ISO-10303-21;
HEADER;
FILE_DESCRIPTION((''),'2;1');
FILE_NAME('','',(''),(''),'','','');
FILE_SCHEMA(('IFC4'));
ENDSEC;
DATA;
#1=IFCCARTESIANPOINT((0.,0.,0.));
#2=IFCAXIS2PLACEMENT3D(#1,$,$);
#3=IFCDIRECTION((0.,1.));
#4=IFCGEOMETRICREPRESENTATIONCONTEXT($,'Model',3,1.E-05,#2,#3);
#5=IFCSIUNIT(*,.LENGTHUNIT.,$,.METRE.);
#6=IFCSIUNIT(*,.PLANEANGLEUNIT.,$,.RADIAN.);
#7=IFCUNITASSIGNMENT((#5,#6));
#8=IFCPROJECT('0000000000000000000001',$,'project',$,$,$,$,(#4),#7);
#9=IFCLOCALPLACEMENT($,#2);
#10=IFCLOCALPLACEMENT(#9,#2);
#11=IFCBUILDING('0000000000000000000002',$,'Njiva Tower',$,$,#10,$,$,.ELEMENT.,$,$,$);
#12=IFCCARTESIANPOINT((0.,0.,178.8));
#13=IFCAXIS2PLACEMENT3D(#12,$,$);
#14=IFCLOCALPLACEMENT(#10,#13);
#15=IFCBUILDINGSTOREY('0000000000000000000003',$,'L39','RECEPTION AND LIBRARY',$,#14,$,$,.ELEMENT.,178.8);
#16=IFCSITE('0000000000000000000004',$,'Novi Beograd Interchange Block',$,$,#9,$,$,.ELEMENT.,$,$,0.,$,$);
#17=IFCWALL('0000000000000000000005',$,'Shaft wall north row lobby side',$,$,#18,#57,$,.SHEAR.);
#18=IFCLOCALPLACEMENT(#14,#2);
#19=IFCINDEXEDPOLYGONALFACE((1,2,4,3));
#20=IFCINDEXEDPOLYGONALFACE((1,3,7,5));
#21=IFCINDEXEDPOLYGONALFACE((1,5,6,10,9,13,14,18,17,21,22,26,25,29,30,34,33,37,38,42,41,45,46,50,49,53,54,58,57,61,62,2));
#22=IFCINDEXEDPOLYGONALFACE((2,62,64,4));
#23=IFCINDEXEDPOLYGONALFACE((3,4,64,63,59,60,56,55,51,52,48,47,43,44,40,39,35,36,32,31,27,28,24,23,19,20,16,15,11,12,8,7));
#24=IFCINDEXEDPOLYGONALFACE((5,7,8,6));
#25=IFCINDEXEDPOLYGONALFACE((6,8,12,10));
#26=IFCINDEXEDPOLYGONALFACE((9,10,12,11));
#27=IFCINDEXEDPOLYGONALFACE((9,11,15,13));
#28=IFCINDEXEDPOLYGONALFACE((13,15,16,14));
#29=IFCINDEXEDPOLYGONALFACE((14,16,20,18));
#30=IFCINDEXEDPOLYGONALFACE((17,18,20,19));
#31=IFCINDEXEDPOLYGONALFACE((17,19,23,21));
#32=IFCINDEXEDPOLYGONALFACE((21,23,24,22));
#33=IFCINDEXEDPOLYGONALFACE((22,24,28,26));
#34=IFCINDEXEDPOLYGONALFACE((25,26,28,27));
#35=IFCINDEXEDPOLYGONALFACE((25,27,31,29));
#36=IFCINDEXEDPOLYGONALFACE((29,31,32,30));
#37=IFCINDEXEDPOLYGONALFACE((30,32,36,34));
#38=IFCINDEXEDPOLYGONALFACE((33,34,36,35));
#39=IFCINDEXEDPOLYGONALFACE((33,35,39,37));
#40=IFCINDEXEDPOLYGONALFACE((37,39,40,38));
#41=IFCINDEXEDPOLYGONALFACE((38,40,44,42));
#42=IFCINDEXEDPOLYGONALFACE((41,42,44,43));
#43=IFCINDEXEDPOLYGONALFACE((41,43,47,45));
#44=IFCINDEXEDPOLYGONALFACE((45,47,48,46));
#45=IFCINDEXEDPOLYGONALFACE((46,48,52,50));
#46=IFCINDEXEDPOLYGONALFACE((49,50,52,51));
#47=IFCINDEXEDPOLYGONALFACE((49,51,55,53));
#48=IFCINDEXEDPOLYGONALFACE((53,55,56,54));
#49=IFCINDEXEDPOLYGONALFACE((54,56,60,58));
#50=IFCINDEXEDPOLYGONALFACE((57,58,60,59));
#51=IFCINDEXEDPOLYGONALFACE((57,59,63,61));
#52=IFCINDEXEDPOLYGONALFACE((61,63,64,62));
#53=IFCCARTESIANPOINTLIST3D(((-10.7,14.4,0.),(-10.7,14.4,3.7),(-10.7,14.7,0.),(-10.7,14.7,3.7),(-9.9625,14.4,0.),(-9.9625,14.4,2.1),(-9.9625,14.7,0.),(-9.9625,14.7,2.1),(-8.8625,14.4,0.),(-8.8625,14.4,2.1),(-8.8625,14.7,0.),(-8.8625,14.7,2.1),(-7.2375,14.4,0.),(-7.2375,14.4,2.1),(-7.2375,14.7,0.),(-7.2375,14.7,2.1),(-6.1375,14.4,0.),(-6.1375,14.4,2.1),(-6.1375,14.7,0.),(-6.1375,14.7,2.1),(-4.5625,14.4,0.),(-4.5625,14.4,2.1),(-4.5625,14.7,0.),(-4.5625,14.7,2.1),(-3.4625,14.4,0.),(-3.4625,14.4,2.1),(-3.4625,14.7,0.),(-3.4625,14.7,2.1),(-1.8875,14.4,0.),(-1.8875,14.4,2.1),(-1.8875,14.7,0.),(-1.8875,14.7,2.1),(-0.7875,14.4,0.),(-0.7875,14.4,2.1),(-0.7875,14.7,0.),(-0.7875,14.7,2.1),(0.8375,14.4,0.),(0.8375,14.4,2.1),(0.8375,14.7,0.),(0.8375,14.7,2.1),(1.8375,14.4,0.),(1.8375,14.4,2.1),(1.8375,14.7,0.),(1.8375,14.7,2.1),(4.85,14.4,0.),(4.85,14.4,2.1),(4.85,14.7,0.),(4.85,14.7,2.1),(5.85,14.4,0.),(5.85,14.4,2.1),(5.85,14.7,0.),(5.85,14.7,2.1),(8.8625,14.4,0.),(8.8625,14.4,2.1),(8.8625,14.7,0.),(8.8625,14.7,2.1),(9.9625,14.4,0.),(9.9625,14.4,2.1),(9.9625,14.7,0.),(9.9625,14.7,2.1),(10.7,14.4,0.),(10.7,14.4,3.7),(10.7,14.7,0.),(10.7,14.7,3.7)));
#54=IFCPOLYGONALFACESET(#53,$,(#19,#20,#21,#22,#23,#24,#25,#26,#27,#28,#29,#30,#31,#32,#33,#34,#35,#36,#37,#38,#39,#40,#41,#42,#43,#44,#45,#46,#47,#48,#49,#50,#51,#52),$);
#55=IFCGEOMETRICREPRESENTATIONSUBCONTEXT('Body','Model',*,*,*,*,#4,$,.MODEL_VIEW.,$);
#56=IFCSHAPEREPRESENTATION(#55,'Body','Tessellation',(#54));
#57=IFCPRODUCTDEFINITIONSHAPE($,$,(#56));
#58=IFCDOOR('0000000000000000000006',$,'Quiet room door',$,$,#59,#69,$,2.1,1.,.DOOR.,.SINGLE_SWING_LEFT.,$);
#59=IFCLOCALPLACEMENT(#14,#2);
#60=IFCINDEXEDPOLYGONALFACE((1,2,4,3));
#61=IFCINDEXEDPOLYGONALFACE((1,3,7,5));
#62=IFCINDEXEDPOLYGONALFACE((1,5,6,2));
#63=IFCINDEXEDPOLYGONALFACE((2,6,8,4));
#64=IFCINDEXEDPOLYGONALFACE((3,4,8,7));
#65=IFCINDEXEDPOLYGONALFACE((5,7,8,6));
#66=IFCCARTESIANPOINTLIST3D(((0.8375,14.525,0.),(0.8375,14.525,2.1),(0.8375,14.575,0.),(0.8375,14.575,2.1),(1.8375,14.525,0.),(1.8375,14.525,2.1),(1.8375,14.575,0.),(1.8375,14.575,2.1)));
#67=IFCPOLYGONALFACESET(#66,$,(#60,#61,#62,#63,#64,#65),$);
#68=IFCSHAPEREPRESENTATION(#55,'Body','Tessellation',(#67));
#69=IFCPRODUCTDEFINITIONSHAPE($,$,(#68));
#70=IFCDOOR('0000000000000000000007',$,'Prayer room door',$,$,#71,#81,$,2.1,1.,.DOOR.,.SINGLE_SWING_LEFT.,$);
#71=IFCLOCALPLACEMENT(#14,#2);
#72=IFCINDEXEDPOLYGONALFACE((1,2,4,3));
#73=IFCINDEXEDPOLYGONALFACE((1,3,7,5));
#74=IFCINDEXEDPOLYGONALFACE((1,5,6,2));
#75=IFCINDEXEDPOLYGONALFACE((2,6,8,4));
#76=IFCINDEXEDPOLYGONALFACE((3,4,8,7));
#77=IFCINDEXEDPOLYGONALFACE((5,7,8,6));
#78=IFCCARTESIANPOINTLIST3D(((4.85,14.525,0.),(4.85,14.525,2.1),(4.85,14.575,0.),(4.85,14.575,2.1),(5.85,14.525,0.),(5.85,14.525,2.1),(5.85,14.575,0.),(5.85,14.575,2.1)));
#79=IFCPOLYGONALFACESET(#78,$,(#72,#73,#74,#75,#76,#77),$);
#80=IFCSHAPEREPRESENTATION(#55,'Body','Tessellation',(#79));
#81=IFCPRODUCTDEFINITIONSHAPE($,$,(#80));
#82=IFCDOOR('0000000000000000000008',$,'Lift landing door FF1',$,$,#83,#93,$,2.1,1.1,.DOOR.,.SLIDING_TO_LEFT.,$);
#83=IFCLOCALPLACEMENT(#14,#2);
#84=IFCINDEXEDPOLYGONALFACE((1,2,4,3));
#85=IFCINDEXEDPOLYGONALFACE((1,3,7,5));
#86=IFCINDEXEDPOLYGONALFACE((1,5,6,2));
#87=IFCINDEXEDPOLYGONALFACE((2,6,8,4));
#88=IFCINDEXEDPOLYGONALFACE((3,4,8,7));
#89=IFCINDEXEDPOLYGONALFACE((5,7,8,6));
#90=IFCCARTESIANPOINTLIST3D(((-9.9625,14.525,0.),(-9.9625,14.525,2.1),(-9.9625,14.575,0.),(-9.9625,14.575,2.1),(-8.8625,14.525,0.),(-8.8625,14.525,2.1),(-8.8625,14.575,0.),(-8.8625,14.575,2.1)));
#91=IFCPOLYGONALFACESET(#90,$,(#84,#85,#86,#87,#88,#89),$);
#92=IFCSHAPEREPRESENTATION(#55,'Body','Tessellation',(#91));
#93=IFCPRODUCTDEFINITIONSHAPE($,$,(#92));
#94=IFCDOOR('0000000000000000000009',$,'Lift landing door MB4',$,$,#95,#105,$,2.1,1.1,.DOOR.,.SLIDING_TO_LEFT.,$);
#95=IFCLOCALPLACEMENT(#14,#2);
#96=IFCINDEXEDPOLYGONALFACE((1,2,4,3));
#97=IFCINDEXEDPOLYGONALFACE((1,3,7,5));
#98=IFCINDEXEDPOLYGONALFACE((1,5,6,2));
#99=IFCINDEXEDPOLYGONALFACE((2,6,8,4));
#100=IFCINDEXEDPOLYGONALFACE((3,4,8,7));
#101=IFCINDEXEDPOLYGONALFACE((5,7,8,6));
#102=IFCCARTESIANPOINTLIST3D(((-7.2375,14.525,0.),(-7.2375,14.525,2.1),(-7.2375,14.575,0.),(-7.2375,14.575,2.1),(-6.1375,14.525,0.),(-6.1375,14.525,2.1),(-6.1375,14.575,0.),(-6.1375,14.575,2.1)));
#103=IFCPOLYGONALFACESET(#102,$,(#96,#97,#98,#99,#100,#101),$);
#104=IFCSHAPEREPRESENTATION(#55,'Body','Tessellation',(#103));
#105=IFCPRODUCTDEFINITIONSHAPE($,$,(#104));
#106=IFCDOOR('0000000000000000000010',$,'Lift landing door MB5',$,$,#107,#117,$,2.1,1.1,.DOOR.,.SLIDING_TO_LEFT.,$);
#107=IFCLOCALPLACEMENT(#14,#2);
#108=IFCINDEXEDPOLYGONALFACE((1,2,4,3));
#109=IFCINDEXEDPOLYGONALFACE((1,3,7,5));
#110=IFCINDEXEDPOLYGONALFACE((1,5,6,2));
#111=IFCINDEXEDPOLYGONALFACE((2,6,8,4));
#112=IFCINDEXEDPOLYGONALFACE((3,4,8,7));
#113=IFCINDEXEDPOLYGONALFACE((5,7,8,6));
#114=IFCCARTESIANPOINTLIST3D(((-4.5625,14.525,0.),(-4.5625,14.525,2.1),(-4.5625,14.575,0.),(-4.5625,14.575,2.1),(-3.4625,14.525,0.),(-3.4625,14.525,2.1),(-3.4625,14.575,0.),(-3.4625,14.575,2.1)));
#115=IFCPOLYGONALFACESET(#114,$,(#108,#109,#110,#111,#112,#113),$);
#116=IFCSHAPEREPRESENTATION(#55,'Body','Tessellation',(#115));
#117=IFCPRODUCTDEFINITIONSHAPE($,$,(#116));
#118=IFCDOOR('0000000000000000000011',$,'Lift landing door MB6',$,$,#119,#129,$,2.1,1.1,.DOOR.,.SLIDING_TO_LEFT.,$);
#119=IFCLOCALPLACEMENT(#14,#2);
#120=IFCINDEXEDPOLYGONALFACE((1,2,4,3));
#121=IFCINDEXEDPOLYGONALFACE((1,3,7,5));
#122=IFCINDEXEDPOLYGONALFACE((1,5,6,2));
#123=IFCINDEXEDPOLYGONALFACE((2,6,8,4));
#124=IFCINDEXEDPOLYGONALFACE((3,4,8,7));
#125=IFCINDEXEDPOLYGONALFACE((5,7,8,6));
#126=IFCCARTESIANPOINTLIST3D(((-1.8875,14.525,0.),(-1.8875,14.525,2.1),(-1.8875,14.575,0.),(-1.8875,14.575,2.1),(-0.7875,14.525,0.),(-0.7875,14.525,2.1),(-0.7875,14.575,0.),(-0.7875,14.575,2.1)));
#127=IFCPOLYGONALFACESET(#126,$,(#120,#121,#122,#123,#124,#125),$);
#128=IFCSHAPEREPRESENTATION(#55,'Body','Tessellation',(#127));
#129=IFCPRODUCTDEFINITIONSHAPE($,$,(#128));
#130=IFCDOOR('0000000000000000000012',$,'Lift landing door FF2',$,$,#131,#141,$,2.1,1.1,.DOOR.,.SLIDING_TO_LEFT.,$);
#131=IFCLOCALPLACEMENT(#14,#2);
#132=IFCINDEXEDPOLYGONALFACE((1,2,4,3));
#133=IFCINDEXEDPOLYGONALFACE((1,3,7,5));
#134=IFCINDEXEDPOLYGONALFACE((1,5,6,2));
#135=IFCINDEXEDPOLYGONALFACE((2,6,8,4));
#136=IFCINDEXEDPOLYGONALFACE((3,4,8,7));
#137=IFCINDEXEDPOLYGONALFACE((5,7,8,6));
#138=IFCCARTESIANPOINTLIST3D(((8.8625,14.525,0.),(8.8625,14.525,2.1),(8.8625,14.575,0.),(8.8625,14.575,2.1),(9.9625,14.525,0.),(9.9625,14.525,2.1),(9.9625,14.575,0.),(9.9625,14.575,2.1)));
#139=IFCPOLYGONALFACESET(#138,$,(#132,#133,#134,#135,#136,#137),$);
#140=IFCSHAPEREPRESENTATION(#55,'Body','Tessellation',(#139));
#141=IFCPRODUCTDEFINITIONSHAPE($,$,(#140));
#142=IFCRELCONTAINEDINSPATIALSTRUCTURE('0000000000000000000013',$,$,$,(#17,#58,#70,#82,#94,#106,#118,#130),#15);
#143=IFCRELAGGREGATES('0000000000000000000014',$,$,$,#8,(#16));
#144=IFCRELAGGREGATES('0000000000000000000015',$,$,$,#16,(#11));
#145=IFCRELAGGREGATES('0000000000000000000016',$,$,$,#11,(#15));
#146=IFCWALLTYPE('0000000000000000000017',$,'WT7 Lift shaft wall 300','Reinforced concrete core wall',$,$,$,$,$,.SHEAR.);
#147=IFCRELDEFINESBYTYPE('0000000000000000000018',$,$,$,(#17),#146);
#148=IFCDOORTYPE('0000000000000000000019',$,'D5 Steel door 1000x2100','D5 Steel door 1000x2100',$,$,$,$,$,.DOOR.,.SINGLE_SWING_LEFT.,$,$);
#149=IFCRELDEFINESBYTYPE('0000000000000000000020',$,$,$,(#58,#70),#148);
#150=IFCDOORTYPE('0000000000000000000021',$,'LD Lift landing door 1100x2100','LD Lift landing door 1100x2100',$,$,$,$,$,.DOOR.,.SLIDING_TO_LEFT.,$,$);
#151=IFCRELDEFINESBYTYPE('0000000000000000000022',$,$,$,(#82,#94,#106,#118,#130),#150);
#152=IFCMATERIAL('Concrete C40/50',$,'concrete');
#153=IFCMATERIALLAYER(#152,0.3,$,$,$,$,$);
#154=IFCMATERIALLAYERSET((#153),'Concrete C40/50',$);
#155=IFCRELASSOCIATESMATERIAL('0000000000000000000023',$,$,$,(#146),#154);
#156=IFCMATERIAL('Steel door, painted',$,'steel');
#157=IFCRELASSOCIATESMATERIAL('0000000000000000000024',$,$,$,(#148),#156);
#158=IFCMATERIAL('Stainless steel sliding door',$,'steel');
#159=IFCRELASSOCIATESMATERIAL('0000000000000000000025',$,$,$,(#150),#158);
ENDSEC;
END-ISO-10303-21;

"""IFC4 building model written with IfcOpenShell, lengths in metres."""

from ifc_helpers import new_model, si_unit, direction, frame, frame_2d, origin, place, context, subcontext, project, spatial, rectangle, extrude, material, layer, layer_set, type_object, element, fill, save


model = new_model("IFC4")

# Units and contexts
model_context = context("Model", 3, precision=1e-05, world=origin(), true_north=direction((0.0, 1.0)))
body_context = subcontext(model_context, "Body", "Model", "MODEL_VIEW")
ifc_project = project(units=[si_unit("LENGTHUNIT", "METRE"), si_unit("PLANEANGLEUNIT", "RADIAN")], contexts=[model_context])

# Site, building, storey
site_placement = place(None, origin())
site = spatial("IfcSite", under=ifc_project, at=site_placement, Name="Novi Beograd Interchange Block", CompositionType="ELEMENT", RefElevation=0.0)
building_placement = place(site_placement, origin())
building = spatial("IfcBuilding", under=site, at=building_placement, Name="Njiva Tower", CompositionType="ELEMENT")
storey_placement = place(building_placement, frame((0.0, 0.0, 178.8)))
storey = spatial("IfcBuildingStorey", under=building, at=storey_placement, Name="L39", Description="RECEPTION AND LIBRARY", CompositionType="ELEMENT", Elevation=178.8)

# Shared definitions
ifc_material_1 = material(Name="Concrete C40/50", Category="concrete")

# Wall, openings, doors
ifc_layer_1 = layer(ifc_material_1, 0.3)
ifc_layer_set_1 = layer_set([ifc_layer_1], Name="Concrete C40/50")
wall_type_1 = type_object("IfcWallType", Name="WT7 Lift shaft wall 300", Description="Reinforced concrete core wall", PredefinedType="SHEAR", material=ifc_layer_set_1)
wall_1_placement = place(storey_placement, frame((-10.7, 14.55, 0.0), z_axis=(0.0, 0.0, 1.0), x_axis=(1.0, 0.0, 0.0)))
wall_1 = element("IfcWall", 1, at=wall_1_placement, inside=storey, type_object=wall_type_1, Name="Shaft wall north row lobby side", PredefinedType="SHEAR", context=body_context, shape_type="SweptSolid", body=[
    extrude(rectangle(XDim=21.4, YDim=0.3, at=frame_2d((10.7, 0.0))), origin(), (0.0, 0.0, 1.0), 3.7),
])
opening_1_placement = place(wall_1_placement, frame((0.7375, 0.0, 0.0)))
opening_1 = element("IfcOpeningElement", 2, at=opening_1_placement, cuts=wall_1, PredefinedType="OPENING", context=body_context, shape_type="SweptSolid", body=[
    extrude(rectangle(XDim=1.1, YDim=2.1, at=frame_2d((0.55, 1.05))), frame((0.0, 0.16, 0.0), z_axis=(0.0, -1.0, 0.0), x_axis=(1.0, 0.0, 0.0)), (0.0, 0.0, 1.0), 0.32),
])
opening_2_placement = place(wall_1_placement, frame((3.4625, 0.0, 0.0)))
opening_2 = element("IfcOpeningElement", 3, at=opening_2_placement, cuts=wall_1, PredefinedType="OPENING", context=body_context, shape_type="SweptSolid", body=[
    extrude(rectangle(XDim=1.1, YDim=2.1, at=frame_2d((0.55, 1.05))), frame((0.0, 0.16, 0.0), z_axis=(0.0, -1.0, 0.0), x_axis=(1.0, 0.0, 0.0)), (0.0, 0.0, 1.0), 0.32),
])
opening_3_placement = place(wall_1_placement, frame((6.1375, 0.0, 0.0)))
opening_3 = element("IfcOpeningElement", 4, at=opening_3_placement, cuts=wall_1, PredefinedType="OPENING", context=body_context, shape_type="SweptSolid", body=[
    extrude(rectangle(XDim=1.1, YDim=2.1, at=frame_2d((0.55, 1.05))), frame((0.0, 0.16, 0.0), z_axis=(0.0, -1.0, 0.0), x_axis=(1.0, 0.0, 0.0)), (0.0, 0.0, 1.0), 0.32),
])
opening_4_placement = place(wall_1_placement, frame((8.8125, 0.0, 0.0)))
opening_4 = element("IfcOpeningElement", 5, at=opening_4_placement, cuts=wall_1, PredefinedType="OPENING", context=body_context, shape_type="SweptSolid", body=[
    extrude(rectangle(XDim=1.1, YDim=2.1, at=frame_2d((0.55, 1.05))), frame((0.0, 0.16, 0.0), z_axis=(0.0, -1.0, 0.0), x_axis=(1.0, 0.0, 0.0)), (0.0, 0.0, 1.0), 0.32),
])
opening_5_placement = place(wall_1_placement, frame((19.5625, 0.0, 0.0)))
opening_5 = element("IfcOpeningElement", 6, at=opening_5_placement, cuts=wall_1, PredefinedType="OPENING", context=body_context, shape_type="SweptSolid", body=[
    extrude(rectangle(XDim=1.1, YDim=2.1, at=frame_2d((0.55, 1.05))), frame((0.0, 0.16, 0.0), z_axis=(0.0, -1.0, 0.0), x_axis=(1.0, 0.0, 0.0)), (0.0, 0.0, 1.0), 0.32),
])
opening_6_placement = place(wall_1_placement, frame((11.5375, 0.0, 0.0)))
opening_6 = element("IfcOpeningElement", 7, at=opening_6_placement, cuts=wall_1, PredefinedType="OPENING", context=body_context, shape_type="SweptSolid", body=[
    extrude(rectangle(XDim=1.0, YDim=2.1, at=frame_2d((0.5, 1.05))), frame((0.0, 0.16, 0.0), z_axis=(0.0, -1.0, 0.0), x_axis=(1.0, 0.0, 0.0)), (0.0, 0.0, 1.0), 0.32),
])
opening_7_placement = place(wall_1_placement, frame((15.55, 0.0, 0.0)))
opening_7 = element("IfcOpeningElement", 8, at=opening_7_placement, cuts=wall_1, PredefinedType="OPENING", context=body_context, shape_type="SweptSolid", body=[
    extrude(rectangle(XDim=1.0, YDim=2.1, at=frame_2d((0.5, 1.05))), frame((0.0, 0.16, 0.0), z_axis=(0.0, -1.0, 0.0), x_axis=(1.0, 0.0, 0.0)), (0.0, 0.0, 1.0), 0.32),
])
ifc_material_2 = material(Name="Steel door, painted", Category="steel")
door_type_1 = type_object("IfcDoorType", Name="D5 Steel door 1000x2100", Description="D5 Steel door 1000x2100", OperationType="SINGLE_SWING_LEFT", PredefinedType="DOOR", material=ifc_material_2)
door_1_placement = place(opening_6_placement, origin())
door_1 = element("IfcDoor", 9, at=door_1_placement, inside=storey, type_object=door_type_1, Name="Quiet room door", OperationType="SINGLE_SWING_LEFT", OverallHeight=2.1, OverallWidth=1.0, PredefinedType="DOOR", context=body_context, shape_type="SweptSolid", body=[
    extrude(rectangle(XDim=1.0, YDim=2.1, at=frame_2d((0.5, 1.05))), frame((0.0, 0.025, 0.0), z_axis=(0.0, -1.0, 0.0), x_axis=(1.0, 0.0, 0.0)), (0.0, 0.0, 1.0), 0.05),
])
fill(opening_6, door_1)
door_2_placement = place(opening_7_placement, origin())
door_2 = element("IfcDoor", 10, at=door_2_placement, inside=storey, type_object=door_type_1, Name="Prayer room door", OperationType="SINGLE_SWING_LEFT", OverallHeight=2.1, OverallWidth=1.0, PredefinedType="DOOR", context=body_context, shape_type="SweptSolid", body=[
    extrude(rectangle(XDim=1.0, YDim=2.1, at=frame_2d((0.5, 1.05))), frame((0.0, 0.025, 0.0), z_axis=(0.0, -1.0, 0.0), x_axis=(1.0, 0.0, 0.0)), (0.0, 0.0, 1.0), 0.05),
])
fill(opening_7, door_2)
ifc_material_3 = material(Name="Stainless steel sliding door", Category="steel")
door_type_2 = type_object("IfcDoorType", Name="LD Lift landing door 1100x2100", Description="LD Lift landing door 1100x2100", OperationType="SLIDING_TO_LEFT", PredefinedType="DOOR", material=ifc_material_3)
door_3_placement = place(opening_1_placement, origin())
door_3 = element("IfcDoor", 11, at=door_3_placement, inside=storey, type_object=door_type_2, Name="Lift landing door FF1", OperationType="SLIDING_TO_LEFT", OverallHeight=2.1, OverallWidth=1.1, PredefinedType="DOOR", context=body_context, shape_type="SweptSolid", body=[
    extrude(rectangle(XDim=1.1, YDim=2.1, at=frame_2d((0.55, 1.05))), frame((0.0, 0.025, 0.0), z_axis=(0.0, -1.0, 0.0), x_axis=(1.0, 0.0, 0.0)), (0.0, 0.0, 1.0), 0.05),
])
fill(opening_1, door_3)
door_4_placement = place(opening_2_placement, origin())
door_4 = element("IfcDoor", 12, at=door_4_placement, inside=storey, type_object=door_type_2, Name="Lift landing door MB4", OperationType="SLIDING_TO_LEFT", OverallHeight=2.1, OverallWidth=1.1, PredefinedType="DOOR", context=body_context, shape_type="SweptSolid", body=[
    extrude(rectangle(XDim=1.1, YDim=2.1, at=frame_2d((0.55, 1.05))), frame((0.0, 0.025, 0.0), z_axis=(0.0, -1.0, 0.0), x_axis=(1.0, 0.0, 0.0)), (0.0, 0.0, 1.0), 0.05),
])
fill(opening_2, door_4)
door_5_placement = place(opening_3_placement, origin())
door_5 = element("IfcDoor", 13, at=door_5_placement, inside=storey, type_object=door_type_2, Name="Lift landing door MB5", OperationType="SLIDING_TO_LEFT", OverallHeight=2.1, OverallWidth=1.1, PredefinedType="DOOR", context=body_context, shape_type="SweptSolid", body=[
    extrude(rectangle(XDim=1.1, YDim=2.1, at=frame_2d((0.55, 1.05))), frame((0.0, 0.025, 0.0), z_axis=(0.0, -1.0, 0.0), x_axis=(1.0, 0.0, 0.0)), (0.0, 0.0, 1.0), 0.05),
])
fill(opening_3, door_5)
door_6_placement = place(opening_4_placement, origin())
door_6 = element("IfcDoor", 14, at=door_6_placement, inside=storey, type_object=door_type_2, Name="Lift landing door MB6", OperationType="SLIDING_TO_LEFT", OverallHeight=2.1, OverallWidth=1.1, PredefinedType="DOOR", context=body_context, shape_type="SweptSolid", body=[
    extrude(rectangle(XDim=1.1, YDim=2.1, at=frame_2d((0.55, 1.05))), frame((0.0, 0.025, 0.0), z_axis=(0.0, -1.0, 0.0), x_axis=(1.0, 0.0, 0.0)), (0.0, 0.0, 1.0), 0.05),
])
fill(opening_4, door_6)
door_7_placement = place(opening_5_placement, origin())
door_7 = element("IfcDoor", 15, at=door_7_placement, inside=storey, type_object=door_type_2, Name="Lift landing door FF2", OperationType="SLIDING_TO_LEFT", OverallHeight=2.1, OverallWidth=1.1, PredefinedType="DOOR", context=body_context, shape_type="SweptSolid", body=[
    extrude(rectangle(XDim=1.1, YDim=2.1, at=frame_2d((0.55, 1.05))), frame((0.0, 0.025, 0.0), z_axis=(0.0, -1.0, 0.0), x_axis=(1.0, 0.0, 0.0)), (0.0, 0.0, 1.0), 0.05),
])
fill(opening_5, door_7)

save(model, "model.ifc")
